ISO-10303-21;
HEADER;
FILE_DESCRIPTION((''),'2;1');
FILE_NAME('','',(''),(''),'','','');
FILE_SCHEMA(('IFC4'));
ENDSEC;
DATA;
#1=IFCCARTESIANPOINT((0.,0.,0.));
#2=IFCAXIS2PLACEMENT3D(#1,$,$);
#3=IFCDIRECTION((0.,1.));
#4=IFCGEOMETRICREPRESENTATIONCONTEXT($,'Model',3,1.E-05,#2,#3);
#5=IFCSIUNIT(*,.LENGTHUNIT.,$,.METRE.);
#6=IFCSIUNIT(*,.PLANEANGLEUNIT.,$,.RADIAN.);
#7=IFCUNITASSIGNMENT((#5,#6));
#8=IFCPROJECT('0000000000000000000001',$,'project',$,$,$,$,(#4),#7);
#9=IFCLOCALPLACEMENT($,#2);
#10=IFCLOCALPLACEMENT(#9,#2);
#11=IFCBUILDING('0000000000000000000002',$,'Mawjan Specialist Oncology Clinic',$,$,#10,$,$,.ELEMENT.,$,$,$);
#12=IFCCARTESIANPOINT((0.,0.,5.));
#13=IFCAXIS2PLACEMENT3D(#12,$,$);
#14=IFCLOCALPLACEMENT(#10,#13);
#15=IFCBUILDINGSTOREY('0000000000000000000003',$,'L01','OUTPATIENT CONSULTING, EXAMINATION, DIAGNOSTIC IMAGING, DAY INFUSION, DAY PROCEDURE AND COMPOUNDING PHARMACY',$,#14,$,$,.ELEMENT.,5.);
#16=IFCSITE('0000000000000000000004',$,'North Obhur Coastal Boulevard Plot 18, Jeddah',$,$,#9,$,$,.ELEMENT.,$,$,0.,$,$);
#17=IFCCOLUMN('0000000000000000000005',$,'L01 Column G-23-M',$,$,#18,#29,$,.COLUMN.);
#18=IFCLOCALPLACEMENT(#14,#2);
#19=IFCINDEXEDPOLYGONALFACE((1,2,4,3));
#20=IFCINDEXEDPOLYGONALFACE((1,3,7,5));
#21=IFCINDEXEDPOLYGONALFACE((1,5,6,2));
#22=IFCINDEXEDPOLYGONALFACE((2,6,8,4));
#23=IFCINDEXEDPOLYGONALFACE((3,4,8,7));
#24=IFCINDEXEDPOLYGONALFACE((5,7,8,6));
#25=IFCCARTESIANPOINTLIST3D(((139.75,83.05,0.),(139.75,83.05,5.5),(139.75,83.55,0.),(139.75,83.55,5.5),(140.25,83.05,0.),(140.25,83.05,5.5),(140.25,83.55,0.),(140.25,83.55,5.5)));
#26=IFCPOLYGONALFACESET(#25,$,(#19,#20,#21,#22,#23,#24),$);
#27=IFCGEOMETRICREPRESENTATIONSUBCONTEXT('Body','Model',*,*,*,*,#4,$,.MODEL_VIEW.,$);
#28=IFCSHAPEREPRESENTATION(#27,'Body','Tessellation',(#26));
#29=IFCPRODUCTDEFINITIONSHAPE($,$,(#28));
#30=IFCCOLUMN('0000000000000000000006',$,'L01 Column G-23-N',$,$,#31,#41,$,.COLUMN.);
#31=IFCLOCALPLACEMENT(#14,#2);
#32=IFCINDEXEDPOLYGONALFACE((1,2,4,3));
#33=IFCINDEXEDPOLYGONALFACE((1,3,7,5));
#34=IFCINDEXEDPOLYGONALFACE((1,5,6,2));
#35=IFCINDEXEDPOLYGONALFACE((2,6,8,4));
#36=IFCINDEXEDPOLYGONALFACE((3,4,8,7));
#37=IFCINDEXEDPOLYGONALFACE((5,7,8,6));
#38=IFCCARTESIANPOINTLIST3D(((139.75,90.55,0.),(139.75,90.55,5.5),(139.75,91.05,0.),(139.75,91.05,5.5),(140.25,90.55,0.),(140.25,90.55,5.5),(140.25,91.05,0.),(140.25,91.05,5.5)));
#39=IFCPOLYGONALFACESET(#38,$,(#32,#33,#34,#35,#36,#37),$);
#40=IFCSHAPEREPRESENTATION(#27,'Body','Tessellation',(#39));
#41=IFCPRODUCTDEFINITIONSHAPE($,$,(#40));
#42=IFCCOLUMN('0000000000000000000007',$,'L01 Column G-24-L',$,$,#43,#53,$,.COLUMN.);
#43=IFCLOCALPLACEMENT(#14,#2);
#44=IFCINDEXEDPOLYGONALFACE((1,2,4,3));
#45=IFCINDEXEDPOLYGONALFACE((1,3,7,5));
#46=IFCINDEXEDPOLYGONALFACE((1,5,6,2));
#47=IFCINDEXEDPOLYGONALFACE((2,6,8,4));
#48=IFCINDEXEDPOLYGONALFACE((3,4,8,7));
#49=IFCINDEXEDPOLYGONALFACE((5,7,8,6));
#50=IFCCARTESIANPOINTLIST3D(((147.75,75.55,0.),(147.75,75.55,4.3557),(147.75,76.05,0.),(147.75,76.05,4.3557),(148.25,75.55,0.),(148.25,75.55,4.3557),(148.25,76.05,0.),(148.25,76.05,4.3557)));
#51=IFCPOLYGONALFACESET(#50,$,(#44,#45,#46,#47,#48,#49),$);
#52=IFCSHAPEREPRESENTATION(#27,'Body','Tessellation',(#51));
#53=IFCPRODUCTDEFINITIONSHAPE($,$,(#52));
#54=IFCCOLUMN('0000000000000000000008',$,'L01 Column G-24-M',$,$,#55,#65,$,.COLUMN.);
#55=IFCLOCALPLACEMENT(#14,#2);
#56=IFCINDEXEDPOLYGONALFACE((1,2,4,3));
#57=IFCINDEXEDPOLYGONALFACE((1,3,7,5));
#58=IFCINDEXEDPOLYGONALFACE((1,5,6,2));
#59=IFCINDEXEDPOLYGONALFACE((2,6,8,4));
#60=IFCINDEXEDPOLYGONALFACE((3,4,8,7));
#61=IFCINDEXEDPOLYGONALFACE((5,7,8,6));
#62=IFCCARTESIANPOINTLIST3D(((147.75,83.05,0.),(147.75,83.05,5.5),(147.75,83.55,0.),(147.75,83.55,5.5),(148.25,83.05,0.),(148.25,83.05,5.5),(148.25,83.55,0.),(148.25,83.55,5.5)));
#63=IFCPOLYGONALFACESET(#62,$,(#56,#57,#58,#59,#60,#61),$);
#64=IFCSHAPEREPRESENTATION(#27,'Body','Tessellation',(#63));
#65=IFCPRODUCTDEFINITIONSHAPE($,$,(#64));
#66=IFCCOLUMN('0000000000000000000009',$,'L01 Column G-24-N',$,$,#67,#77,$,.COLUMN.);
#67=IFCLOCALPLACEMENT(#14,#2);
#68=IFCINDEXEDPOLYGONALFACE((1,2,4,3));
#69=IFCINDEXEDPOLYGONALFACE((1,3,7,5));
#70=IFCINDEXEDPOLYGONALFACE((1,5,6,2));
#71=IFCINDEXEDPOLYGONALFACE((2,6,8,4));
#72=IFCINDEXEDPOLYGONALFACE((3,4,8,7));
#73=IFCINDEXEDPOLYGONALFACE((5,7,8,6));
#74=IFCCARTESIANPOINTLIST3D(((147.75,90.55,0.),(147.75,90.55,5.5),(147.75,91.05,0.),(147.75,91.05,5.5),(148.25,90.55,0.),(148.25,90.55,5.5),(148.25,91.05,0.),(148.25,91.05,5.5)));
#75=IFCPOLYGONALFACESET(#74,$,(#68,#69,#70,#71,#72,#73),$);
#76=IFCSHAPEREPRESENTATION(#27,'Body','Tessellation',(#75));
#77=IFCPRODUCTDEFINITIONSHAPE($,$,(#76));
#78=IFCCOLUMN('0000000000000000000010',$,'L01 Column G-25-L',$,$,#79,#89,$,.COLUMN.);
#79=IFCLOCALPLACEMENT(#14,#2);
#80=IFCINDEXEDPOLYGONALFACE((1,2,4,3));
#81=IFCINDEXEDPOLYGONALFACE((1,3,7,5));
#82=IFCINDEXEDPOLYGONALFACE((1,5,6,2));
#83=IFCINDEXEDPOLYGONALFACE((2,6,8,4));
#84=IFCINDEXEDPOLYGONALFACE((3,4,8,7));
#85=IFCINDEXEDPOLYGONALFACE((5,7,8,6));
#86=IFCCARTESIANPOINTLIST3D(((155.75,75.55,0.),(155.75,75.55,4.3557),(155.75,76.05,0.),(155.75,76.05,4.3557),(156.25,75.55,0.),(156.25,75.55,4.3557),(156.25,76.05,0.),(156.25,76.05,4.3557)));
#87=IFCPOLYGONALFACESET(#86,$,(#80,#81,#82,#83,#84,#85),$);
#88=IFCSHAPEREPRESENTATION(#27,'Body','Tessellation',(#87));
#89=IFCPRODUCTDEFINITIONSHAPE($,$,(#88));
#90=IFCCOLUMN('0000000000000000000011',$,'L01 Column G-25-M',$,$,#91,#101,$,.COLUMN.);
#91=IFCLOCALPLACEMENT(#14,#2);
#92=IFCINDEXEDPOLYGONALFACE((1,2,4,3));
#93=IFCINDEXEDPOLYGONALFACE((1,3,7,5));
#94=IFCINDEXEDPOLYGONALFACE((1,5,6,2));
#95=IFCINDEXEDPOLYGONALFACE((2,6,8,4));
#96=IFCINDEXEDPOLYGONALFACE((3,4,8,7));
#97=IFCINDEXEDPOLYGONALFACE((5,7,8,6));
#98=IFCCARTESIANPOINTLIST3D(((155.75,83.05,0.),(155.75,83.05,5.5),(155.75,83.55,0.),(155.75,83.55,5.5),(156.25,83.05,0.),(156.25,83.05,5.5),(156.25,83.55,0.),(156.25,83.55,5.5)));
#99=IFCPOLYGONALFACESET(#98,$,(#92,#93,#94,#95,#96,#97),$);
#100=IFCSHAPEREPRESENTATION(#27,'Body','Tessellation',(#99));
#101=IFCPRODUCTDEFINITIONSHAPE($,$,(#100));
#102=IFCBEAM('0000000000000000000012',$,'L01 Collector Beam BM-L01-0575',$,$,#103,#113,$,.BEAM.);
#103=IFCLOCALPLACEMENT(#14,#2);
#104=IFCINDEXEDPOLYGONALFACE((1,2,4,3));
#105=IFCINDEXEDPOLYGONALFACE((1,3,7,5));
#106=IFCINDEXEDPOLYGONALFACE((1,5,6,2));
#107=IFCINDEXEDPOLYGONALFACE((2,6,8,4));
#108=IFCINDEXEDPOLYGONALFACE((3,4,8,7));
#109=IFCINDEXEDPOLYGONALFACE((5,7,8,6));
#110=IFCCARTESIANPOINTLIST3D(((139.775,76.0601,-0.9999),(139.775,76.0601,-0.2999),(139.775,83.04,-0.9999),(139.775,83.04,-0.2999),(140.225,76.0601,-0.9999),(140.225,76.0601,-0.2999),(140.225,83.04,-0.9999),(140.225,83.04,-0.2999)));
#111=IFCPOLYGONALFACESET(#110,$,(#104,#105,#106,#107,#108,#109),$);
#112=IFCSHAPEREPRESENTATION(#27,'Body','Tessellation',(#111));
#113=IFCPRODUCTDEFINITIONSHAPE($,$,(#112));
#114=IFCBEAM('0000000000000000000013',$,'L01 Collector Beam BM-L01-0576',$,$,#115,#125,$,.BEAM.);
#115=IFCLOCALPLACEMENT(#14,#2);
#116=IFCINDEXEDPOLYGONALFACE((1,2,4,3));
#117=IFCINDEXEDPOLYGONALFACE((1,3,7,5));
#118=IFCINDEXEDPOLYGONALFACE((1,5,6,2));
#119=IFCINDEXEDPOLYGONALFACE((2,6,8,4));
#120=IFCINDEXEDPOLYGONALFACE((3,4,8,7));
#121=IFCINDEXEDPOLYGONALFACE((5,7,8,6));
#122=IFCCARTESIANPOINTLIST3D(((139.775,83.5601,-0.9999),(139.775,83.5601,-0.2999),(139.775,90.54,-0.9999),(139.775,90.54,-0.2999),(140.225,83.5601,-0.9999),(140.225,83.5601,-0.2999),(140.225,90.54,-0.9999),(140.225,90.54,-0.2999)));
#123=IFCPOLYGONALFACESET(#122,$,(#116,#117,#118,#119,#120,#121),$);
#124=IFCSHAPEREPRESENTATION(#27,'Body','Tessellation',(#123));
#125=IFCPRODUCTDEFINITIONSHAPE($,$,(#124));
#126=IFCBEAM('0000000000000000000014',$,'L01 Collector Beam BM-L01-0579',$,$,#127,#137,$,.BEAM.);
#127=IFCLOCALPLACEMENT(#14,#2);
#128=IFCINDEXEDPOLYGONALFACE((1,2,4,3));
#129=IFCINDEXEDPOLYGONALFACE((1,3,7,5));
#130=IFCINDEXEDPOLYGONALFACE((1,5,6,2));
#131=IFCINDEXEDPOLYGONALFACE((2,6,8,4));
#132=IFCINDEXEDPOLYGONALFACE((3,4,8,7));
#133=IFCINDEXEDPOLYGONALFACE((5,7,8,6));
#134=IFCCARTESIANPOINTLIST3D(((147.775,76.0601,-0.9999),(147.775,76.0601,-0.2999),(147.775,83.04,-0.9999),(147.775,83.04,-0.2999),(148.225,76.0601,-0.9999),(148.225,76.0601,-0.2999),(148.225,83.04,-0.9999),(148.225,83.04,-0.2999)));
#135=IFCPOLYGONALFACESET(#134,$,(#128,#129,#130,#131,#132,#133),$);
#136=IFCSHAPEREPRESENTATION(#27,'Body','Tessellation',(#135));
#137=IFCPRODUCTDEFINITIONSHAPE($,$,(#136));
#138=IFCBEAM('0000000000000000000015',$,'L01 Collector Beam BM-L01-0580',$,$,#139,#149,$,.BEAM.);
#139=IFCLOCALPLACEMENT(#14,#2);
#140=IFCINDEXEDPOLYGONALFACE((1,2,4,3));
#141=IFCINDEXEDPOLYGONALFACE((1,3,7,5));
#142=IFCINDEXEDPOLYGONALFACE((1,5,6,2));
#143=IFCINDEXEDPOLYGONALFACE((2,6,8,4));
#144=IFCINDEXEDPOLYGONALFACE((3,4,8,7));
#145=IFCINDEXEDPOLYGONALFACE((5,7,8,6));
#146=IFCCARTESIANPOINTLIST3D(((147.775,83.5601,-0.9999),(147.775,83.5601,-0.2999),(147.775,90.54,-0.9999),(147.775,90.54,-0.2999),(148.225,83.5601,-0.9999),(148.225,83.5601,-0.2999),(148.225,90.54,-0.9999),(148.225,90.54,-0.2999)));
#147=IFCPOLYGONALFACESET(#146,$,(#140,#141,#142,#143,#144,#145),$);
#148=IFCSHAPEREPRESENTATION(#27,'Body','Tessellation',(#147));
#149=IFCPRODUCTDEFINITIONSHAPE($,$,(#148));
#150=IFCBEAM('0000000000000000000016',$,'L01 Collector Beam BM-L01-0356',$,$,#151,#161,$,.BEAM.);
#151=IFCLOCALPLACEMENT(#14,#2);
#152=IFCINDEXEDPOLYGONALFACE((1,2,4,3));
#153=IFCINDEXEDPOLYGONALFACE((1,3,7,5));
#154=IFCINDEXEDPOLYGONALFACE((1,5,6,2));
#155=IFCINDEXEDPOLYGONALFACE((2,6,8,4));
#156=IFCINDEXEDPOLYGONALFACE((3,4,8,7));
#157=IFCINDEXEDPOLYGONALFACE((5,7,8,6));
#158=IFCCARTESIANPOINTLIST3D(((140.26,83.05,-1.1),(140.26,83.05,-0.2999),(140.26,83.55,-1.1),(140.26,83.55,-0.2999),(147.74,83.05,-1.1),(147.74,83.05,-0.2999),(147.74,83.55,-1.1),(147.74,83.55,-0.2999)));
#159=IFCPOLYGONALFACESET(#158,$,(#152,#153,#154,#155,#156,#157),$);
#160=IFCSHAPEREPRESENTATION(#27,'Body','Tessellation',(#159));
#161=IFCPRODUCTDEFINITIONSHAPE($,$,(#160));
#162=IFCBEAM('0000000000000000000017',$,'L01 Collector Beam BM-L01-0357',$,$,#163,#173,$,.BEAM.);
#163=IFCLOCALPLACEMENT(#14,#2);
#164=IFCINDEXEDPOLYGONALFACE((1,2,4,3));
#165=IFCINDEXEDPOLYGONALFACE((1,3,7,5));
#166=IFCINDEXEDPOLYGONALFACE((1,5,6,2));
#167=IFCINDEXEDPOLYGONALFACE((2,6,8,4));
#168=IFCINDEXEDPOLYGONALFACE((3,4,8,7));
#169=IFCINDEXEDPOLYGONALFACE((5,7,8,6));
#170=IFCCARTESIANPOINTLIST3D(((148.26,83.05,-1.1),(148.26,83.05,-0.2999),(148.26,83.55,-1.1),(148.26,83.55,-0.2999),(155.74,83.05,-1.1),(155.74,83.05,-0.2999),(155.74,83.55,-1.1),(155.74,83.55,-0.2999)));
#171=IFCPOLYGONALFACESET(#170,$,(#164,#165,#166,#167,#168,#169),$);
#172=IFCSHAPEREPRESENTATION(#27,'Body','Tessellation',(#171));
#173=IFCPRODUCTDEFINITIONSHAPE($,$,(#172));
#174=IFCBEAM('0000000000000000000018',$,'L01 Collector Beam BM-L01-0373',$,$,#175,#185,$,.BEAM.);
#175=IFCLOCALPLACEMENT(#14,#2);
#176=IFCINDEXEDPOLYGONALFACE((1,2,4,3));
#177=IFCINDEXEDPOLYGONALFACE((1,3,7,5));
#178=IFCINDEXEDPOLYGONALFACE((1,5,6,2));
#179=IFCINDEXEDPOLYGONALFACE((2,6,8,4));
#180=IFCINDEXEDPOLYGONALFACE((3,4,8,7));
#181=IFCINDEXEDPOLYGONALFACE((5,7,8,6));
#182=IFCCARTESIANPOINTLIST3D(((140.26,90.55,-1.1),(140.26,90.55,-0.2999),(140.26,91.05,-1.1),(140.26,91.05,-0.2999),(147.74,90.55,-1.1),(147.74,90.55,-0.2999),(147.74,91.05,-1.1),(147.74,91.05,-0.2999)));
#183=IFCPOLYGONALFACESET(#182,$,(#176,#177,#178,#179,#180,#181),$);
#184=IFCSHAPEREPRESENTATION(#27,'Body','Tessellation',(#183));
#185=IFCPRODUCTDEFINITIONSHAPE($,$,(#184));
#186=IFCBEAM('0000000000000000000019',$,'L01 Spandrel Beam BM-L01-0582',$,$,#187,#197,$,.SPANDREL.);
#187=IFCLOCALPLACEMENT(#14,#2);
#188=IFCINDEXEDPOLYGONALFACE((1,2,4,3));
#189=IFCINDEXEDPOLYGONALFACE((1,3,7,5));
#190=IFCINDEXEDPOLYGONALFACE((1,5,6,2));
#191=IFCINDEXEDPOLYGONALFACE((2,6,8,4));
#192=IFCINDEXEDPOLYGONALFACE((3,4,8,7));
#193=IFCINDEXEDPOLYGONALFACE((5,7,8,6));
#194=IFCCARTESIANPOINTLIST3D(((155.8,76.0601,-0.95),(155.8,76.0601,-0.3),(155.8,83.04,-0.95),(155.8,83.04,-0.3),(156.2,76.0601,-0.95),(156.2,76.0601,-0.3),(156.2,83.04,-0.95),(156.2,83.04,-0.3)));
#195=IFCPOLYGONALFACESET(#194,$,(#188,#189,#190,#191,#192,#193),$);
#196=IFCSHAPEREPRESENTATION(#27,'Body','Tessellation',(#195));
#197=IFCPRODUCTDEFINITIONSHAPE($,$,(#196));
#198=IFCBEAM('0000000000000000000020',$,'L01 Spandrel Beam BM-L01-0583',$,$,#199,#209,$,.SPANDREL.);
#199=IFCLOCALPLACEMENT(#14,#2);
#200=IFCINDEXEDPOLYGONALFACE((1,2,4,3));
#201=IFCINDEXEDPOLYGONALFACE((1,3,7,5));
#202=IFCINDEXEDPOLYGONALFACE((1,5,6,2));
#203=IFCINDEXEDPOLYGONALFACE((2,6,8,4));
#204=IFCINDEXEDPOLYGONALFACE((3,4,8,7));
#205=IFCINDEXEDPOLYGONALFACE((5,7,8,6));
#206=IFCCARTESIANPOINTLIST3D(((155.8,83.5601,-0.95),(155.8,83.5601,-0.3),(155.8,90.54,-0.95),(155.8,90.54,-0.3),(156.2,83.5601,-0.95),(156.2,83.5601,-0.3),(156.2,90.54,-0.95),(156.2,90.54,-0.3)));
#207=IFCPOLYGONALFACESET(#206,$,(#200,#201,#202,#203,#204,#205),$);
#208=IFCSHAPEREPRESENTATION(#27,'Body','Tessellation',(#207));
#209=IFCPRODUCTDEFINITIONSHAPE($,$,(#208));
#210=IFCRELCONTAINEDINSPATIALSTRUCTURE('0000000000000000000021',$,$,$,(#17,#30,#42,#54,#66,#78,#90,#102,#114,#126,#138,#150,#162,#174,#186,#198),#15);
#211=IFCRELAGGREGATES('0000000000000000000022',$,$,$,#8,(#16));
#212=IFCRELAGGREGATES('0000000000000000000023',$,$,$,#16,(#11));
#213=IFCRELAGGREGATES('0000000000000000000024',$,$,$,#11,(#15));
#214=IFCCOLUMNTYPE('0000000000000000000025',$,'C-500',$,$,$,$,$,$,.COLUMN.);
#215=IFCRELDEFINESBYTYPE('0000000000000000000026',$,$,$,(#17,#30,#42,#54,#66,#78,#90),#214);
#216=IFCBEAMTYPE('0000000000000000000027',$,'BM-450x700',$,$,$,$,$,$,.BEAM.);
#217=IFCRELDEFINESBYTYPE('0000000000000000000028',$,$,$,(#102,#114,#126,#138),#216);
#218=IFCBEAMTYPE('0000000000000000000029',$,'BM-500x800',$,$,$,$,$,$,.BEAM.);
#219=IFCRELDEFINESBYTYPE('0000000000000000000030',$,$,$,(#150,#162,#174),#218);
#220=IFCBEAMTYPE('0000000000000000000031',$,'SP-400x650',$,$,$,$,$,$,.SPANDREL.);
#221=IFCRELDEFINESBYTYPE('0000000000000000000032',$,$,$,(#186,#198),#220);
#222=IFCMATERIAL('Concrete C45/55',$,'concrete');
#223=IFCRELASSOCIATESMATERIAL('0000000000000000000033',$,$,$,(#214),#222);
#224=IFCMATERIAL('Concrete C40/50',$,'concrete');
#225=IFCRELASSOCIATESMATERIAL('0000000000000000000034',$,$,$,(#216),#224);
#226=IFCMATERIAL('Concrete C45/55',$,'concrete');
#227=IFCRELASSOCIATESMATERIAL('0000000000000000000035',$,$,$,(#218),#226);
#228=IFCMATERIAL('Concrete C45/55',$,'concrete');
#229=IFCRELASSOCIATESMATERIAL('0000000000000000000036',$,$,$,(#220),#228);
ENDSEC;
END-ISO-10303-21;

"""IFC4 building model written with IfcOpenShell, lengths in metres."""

from ifc_helpers import new_model, si_unit, direction, frame, origin, origin_2d, place, context, subcontext, project, spatial, rectangle, extrude, material, material_profile, profile_set, type_object, element, save


model = new_model("IFC4")

# Units and contexts
model_context = context("Model", 3, precision=1e-05, world=origin(), true_north=direction((0.0, 1.0)))
body_context = subcontext(model_context, "Body", "Model", "MODEL_VIEW")
ifc_project = project(units=[si_unit("LENGTHUNIT", "METRE"), si_unit("PLANEANGLEUNIT", "RADIAN")], contexts=[model_context])

# Site, building, storey
site_placement = place(None, origin())
site = spatial("IfcSite", under=ifc_project, at=site_placement, Name="North Obhur Coastal Boulevard Plot 18, Jeddah", CompositionType="ELEMENT", RefElevation=0.0)
building_placement = place(site_placement, origin())
building = spatial("IfcBuilding", under=site, at=building_placement, Name="Mawjan Specialist Oncology Clinic", CompositionType="ELEMENT")
storey_placement = place(building_placement, frame((0.0, 0.0, 5.0)))
storey = spatial("IfcBuildingStorey", under=building, at=storey_placement, Name="L01", Description="OUTPATIENT CONSULTING, EXAMINATION, DIAGNOSTIC IMAGING, DAY INFUSION, DAY PROCEDURE AND COMPOUNDING PHARMACY", CompositionType="ELEMENT", Elevation=5.0)

# Columns
ifc_material_1 = material(Name="Concrete C45/55", Category="concrete")
ifc_material_profile_1 = material_profile(ifc_material_1, rectangle(XDim=0.5, YDim=0.5, at=origin_2d()), Name="RC COL 500x500", Category="concrete")
ifc_profile_set_1 = profile_set([ifc_material_profile_1], Name="Concrete C45/55")
column_type = type_object("IfcColumnType", Name="C-500", PredefinedType="COLUMN", material=ifc_profile_set_1)
for number, where, z_axis, x_axis, name in (
    (1, (140.0, 83.3, 0.0), (0.0, 0.0, 1.0), (1.0, 0.0, 0.0), "L01 Column G-23-M"),
    (2, (140.0, 90.8, 0.0), (0.0, 0.0, 1.0), (1.0, 0.0, 0.0), "L01 Column G-23-N"),
):
    element("IfcColumn", number, at=place(storey_placement, frame(where, z_axis=z_axis, x_axis=x_axis)), inside=storey, type_object=column_type, Name=name, PredefinedType="COLUMN", context=body_context, shape_type="SweptSolid", body=[
        extrude(rectangle(XDim=0.5, YDim=0.5, at=origin_2d()), origin(), (0.0, 0.0, 1.0), 5.5),
    ])
column_1_placement = place(storey_placement, frame((148.0, 75.8, 0.0), z_axis=(0.0, 0.0, 1.0), x_axis=(1.0, 0.0, 0.0)))
element("IfcColumn", 3, at=column_1_placement, inside=storey, type_object=column_type, Name="L01 Column G-24-L", PredefinedType="COLUMN", context=body_context, shape_type="SweptSolid", body=[
    extrude(rectangle(XDim=0.5, YDim=0.5, at=origin_2d()), origin(), (0.0, 0.0, 1.0), 4.3557),
])
for number, where, z_axis, x_axis, name in (
    (4, (148.0, 83.3, 0.0), (0.0, 0.0, 1.0), (1.0, 0.0, 0.0), "L01 Column G-24-M"),
    (5, (148.0, 90.8, 0.0), (0.0, 0.0, 1.0), (1.0, 0.0, 0.0), "L01 Column G-24-N"),
):
    element("IfcColumn", number, at=place(storey_placement, frame(where, z_axis=z_axis, x_axis=x_axis)), inside=storey, type_object=column_type, Name=name, PredefinedType="COLUMN", context=body_context, shape_type="SweptSolid", body=[
        extrude(rectangle(XDim=0.5, YDim=0.5, at=origin_2d()), origin(), (0.0, 0.0, 1.0), 5.5),
    ])
column_2_placement = place(storey_placement, frame((156.0, 75.8, 0.0), z_axis=(0.0, 0.0, 1.0), x_axis=(1.0, 0.0, 0.0)))
element("IfcColumn", 6, at=column_2_placement, inside=storey, type_object=column_type, Name="L01 Column G-25-L", PredefinedType="COLUMN", context=body_context, shape_type="SweptSolid", body=[
    extrude(rectangle(XDim=0.5, YDim=0.5, at=origin_2d()), origin(), (0.0, 0.0, 1.0), 4.3557),
])
column_3_placement = place(storey_placement, frame((156.0, 83.3, 0.0), z_axis=(0.0, 0.0, 1.0), x_axis=(1.0, 0.0, 0.0)))
element("IfcColumn", 7, at=column_3_placement, inside=storey, type_object=column_type, Name="L01 Column G-25-M", PredefinedType="COLUMN", context=body_context, shape_type="SweptSolid", body=[
    extrude(rectangle(XDim=0.5, YDim=0.5, at=origin_2d()), origin(), (0.0, 0.0, 1.0), 5.5),
])

# Beams
ifc_material_2 = material(Name="Concrete C40/50", Category="concrete")
ifc_material_profile_2 = material_profile(ifc_material_2, rectangle(XDim=0.45, YDim=0.7, at=origin_2d()), Name="RC BM 450x700", Category="concrete")
ifc_profile_set_2 = profile_set([ifc_material_profile_2], Name="Concrete C40/50")
beam_type_1 = type_object("IfcBeamType", Name="BM-450x700", PredefinedType="BEAM", material=ifc_profile_set_2)
for number, where, z_axis, x_axis, name in (
    (8, (140.0, 76.0601, -0.6499), (0.0, 1.0, 0.0), (-1.0, 0.0, 0.0), "L01 Collector Beam BM-L01-0575"),
    (9, (140.0, 83.5601, -0.6499), (0.0, 1.0, 0.0), (-1.0, 0.0, 0.0), "L01 Collector Beam BM-L01-0576"),
    (10, (148.0, 76.0601, -0.6499), (0.0, 1.0, 0.0), (-1.0, 0.0, 0.0), "L01 Collector Beam BM-L01-0579"),
    (11, (148.0, 83.5601, -0.6499), (0.0, 1.0, 0.0), (-1.0, 0.0, 0.0), "L01 Collector Beam BM-L01-0580"),
):
    element("IfcBeam", number, at=place(storey_placement, frame(where, z_axis=z_axis, x_axis=x_axis)), inside=storey, type_object=beam_type_1, Name=name, PredefinedType="BEAM", context=body_context, shape_type="SweptSolid", body=[
        extrude(rectangle(XDim=0.45, YDim=0.7, at=origin_2d()), origin(), (0.0, 0.0, 1.0), 6.98),
    ])
ifc_material_3 = material(Name="Concrete C45/55", Category="concrete")
ifc_material_profile_3 = material_profile(ifc_material_3, rectangle(XDim=0.5, YDim=0.8, at=origin_2d()), Name="RC BM 500x800", Category="concrete")
ifc_profile_set_3 = profile_set([ifc_material_profile_3], Name="Concrete C45/55")
beam_type_2 = type_object("IfcBeamType", Name="BM-500x800", PredefinedType="BEAM", material=ifc_profile_set_3)
for number, where, z_axis, x_axis, name in (
    (12, (140.26, 83.3, -0.7), (1.0, 0.0, 0.0), (0.0, 1.0, 0.0), "L01 Collector Beam BM-L01-0356"),
    (13, (148.26, 83.3, -0.7), (1.0, 0.0, 0.0), (0.0, 1.0, 0.0), "L01 Collector Beam BM-L01-0357"),
    (14, (140.26, 90.8, -0.7), (1.0, 0.0, 0.0), (0.0, 1.0, 0.0), "L01 Collector Beam BM-L01-0373"),
):
    element("IfcBeam", number, at=place(storey_placement, frame(where, z_axis=z_axis, x_axis=x_axis)), inside=storey, type_object=beam_type_2, Name=name, PredefinedType="BEAM", context=body_context, shape_type="SweptSolid", body=[
        extrude(rectangle(XDim=0.5, YDim=0.8, at=origin_2d()), origin(), (0.0, 0.0, 1.0), 7.48),
    ])
ifc_material_4 = material(Name="Concrete C45/55", Category="concrete")
ifc_material_profile_4 = material_profile(ifc_material_4, rectangle(XDim=0.3999, YDim=0.6499, at=origin_2d()), Name="RC BM 400x650", Category="concrete")
ifc_profile_set_4 = profile_set([ifc_material_profile_4], Name="Concrete C45/55")
beam_type_3 = type_object("IfcBeamType", Name="SP-400x650", PredefinedType="SPANDREL", material=ifc_profile_set_4)
for number, where, z_axis, x_axis, name in (
    (15, (156.0, 76.0601, -0.625), (0.0, 1.0, 0.0), (-1.0, 0.0, 0.0), "L01 Spandrel Beam BM-L01-0582"),
    (16, (156.0, 83.5601, -0.625), (0.0, 1.0, 0.0), (-1.0, 0.0, 0.0), "L01 Spandrel Beam BM-L01-0583"),
):
    element("IfcBeam", number, at=place(storey_placement, frame(where, z_axis=z_axis, x_axis=x_axis)), inside=storey, type_object=beam_type_3, Name=name, PredefinedType="SPANDREL", context=body_context, shape_type="SweptSolid", body=[
        extrude(rectangle(XDim=0.3999, YDim=0.6499, at=origin_2d()), origin(), (0.0, 0.0, 1.0), 6.98),
    ])

save(model, "model.ifc")
